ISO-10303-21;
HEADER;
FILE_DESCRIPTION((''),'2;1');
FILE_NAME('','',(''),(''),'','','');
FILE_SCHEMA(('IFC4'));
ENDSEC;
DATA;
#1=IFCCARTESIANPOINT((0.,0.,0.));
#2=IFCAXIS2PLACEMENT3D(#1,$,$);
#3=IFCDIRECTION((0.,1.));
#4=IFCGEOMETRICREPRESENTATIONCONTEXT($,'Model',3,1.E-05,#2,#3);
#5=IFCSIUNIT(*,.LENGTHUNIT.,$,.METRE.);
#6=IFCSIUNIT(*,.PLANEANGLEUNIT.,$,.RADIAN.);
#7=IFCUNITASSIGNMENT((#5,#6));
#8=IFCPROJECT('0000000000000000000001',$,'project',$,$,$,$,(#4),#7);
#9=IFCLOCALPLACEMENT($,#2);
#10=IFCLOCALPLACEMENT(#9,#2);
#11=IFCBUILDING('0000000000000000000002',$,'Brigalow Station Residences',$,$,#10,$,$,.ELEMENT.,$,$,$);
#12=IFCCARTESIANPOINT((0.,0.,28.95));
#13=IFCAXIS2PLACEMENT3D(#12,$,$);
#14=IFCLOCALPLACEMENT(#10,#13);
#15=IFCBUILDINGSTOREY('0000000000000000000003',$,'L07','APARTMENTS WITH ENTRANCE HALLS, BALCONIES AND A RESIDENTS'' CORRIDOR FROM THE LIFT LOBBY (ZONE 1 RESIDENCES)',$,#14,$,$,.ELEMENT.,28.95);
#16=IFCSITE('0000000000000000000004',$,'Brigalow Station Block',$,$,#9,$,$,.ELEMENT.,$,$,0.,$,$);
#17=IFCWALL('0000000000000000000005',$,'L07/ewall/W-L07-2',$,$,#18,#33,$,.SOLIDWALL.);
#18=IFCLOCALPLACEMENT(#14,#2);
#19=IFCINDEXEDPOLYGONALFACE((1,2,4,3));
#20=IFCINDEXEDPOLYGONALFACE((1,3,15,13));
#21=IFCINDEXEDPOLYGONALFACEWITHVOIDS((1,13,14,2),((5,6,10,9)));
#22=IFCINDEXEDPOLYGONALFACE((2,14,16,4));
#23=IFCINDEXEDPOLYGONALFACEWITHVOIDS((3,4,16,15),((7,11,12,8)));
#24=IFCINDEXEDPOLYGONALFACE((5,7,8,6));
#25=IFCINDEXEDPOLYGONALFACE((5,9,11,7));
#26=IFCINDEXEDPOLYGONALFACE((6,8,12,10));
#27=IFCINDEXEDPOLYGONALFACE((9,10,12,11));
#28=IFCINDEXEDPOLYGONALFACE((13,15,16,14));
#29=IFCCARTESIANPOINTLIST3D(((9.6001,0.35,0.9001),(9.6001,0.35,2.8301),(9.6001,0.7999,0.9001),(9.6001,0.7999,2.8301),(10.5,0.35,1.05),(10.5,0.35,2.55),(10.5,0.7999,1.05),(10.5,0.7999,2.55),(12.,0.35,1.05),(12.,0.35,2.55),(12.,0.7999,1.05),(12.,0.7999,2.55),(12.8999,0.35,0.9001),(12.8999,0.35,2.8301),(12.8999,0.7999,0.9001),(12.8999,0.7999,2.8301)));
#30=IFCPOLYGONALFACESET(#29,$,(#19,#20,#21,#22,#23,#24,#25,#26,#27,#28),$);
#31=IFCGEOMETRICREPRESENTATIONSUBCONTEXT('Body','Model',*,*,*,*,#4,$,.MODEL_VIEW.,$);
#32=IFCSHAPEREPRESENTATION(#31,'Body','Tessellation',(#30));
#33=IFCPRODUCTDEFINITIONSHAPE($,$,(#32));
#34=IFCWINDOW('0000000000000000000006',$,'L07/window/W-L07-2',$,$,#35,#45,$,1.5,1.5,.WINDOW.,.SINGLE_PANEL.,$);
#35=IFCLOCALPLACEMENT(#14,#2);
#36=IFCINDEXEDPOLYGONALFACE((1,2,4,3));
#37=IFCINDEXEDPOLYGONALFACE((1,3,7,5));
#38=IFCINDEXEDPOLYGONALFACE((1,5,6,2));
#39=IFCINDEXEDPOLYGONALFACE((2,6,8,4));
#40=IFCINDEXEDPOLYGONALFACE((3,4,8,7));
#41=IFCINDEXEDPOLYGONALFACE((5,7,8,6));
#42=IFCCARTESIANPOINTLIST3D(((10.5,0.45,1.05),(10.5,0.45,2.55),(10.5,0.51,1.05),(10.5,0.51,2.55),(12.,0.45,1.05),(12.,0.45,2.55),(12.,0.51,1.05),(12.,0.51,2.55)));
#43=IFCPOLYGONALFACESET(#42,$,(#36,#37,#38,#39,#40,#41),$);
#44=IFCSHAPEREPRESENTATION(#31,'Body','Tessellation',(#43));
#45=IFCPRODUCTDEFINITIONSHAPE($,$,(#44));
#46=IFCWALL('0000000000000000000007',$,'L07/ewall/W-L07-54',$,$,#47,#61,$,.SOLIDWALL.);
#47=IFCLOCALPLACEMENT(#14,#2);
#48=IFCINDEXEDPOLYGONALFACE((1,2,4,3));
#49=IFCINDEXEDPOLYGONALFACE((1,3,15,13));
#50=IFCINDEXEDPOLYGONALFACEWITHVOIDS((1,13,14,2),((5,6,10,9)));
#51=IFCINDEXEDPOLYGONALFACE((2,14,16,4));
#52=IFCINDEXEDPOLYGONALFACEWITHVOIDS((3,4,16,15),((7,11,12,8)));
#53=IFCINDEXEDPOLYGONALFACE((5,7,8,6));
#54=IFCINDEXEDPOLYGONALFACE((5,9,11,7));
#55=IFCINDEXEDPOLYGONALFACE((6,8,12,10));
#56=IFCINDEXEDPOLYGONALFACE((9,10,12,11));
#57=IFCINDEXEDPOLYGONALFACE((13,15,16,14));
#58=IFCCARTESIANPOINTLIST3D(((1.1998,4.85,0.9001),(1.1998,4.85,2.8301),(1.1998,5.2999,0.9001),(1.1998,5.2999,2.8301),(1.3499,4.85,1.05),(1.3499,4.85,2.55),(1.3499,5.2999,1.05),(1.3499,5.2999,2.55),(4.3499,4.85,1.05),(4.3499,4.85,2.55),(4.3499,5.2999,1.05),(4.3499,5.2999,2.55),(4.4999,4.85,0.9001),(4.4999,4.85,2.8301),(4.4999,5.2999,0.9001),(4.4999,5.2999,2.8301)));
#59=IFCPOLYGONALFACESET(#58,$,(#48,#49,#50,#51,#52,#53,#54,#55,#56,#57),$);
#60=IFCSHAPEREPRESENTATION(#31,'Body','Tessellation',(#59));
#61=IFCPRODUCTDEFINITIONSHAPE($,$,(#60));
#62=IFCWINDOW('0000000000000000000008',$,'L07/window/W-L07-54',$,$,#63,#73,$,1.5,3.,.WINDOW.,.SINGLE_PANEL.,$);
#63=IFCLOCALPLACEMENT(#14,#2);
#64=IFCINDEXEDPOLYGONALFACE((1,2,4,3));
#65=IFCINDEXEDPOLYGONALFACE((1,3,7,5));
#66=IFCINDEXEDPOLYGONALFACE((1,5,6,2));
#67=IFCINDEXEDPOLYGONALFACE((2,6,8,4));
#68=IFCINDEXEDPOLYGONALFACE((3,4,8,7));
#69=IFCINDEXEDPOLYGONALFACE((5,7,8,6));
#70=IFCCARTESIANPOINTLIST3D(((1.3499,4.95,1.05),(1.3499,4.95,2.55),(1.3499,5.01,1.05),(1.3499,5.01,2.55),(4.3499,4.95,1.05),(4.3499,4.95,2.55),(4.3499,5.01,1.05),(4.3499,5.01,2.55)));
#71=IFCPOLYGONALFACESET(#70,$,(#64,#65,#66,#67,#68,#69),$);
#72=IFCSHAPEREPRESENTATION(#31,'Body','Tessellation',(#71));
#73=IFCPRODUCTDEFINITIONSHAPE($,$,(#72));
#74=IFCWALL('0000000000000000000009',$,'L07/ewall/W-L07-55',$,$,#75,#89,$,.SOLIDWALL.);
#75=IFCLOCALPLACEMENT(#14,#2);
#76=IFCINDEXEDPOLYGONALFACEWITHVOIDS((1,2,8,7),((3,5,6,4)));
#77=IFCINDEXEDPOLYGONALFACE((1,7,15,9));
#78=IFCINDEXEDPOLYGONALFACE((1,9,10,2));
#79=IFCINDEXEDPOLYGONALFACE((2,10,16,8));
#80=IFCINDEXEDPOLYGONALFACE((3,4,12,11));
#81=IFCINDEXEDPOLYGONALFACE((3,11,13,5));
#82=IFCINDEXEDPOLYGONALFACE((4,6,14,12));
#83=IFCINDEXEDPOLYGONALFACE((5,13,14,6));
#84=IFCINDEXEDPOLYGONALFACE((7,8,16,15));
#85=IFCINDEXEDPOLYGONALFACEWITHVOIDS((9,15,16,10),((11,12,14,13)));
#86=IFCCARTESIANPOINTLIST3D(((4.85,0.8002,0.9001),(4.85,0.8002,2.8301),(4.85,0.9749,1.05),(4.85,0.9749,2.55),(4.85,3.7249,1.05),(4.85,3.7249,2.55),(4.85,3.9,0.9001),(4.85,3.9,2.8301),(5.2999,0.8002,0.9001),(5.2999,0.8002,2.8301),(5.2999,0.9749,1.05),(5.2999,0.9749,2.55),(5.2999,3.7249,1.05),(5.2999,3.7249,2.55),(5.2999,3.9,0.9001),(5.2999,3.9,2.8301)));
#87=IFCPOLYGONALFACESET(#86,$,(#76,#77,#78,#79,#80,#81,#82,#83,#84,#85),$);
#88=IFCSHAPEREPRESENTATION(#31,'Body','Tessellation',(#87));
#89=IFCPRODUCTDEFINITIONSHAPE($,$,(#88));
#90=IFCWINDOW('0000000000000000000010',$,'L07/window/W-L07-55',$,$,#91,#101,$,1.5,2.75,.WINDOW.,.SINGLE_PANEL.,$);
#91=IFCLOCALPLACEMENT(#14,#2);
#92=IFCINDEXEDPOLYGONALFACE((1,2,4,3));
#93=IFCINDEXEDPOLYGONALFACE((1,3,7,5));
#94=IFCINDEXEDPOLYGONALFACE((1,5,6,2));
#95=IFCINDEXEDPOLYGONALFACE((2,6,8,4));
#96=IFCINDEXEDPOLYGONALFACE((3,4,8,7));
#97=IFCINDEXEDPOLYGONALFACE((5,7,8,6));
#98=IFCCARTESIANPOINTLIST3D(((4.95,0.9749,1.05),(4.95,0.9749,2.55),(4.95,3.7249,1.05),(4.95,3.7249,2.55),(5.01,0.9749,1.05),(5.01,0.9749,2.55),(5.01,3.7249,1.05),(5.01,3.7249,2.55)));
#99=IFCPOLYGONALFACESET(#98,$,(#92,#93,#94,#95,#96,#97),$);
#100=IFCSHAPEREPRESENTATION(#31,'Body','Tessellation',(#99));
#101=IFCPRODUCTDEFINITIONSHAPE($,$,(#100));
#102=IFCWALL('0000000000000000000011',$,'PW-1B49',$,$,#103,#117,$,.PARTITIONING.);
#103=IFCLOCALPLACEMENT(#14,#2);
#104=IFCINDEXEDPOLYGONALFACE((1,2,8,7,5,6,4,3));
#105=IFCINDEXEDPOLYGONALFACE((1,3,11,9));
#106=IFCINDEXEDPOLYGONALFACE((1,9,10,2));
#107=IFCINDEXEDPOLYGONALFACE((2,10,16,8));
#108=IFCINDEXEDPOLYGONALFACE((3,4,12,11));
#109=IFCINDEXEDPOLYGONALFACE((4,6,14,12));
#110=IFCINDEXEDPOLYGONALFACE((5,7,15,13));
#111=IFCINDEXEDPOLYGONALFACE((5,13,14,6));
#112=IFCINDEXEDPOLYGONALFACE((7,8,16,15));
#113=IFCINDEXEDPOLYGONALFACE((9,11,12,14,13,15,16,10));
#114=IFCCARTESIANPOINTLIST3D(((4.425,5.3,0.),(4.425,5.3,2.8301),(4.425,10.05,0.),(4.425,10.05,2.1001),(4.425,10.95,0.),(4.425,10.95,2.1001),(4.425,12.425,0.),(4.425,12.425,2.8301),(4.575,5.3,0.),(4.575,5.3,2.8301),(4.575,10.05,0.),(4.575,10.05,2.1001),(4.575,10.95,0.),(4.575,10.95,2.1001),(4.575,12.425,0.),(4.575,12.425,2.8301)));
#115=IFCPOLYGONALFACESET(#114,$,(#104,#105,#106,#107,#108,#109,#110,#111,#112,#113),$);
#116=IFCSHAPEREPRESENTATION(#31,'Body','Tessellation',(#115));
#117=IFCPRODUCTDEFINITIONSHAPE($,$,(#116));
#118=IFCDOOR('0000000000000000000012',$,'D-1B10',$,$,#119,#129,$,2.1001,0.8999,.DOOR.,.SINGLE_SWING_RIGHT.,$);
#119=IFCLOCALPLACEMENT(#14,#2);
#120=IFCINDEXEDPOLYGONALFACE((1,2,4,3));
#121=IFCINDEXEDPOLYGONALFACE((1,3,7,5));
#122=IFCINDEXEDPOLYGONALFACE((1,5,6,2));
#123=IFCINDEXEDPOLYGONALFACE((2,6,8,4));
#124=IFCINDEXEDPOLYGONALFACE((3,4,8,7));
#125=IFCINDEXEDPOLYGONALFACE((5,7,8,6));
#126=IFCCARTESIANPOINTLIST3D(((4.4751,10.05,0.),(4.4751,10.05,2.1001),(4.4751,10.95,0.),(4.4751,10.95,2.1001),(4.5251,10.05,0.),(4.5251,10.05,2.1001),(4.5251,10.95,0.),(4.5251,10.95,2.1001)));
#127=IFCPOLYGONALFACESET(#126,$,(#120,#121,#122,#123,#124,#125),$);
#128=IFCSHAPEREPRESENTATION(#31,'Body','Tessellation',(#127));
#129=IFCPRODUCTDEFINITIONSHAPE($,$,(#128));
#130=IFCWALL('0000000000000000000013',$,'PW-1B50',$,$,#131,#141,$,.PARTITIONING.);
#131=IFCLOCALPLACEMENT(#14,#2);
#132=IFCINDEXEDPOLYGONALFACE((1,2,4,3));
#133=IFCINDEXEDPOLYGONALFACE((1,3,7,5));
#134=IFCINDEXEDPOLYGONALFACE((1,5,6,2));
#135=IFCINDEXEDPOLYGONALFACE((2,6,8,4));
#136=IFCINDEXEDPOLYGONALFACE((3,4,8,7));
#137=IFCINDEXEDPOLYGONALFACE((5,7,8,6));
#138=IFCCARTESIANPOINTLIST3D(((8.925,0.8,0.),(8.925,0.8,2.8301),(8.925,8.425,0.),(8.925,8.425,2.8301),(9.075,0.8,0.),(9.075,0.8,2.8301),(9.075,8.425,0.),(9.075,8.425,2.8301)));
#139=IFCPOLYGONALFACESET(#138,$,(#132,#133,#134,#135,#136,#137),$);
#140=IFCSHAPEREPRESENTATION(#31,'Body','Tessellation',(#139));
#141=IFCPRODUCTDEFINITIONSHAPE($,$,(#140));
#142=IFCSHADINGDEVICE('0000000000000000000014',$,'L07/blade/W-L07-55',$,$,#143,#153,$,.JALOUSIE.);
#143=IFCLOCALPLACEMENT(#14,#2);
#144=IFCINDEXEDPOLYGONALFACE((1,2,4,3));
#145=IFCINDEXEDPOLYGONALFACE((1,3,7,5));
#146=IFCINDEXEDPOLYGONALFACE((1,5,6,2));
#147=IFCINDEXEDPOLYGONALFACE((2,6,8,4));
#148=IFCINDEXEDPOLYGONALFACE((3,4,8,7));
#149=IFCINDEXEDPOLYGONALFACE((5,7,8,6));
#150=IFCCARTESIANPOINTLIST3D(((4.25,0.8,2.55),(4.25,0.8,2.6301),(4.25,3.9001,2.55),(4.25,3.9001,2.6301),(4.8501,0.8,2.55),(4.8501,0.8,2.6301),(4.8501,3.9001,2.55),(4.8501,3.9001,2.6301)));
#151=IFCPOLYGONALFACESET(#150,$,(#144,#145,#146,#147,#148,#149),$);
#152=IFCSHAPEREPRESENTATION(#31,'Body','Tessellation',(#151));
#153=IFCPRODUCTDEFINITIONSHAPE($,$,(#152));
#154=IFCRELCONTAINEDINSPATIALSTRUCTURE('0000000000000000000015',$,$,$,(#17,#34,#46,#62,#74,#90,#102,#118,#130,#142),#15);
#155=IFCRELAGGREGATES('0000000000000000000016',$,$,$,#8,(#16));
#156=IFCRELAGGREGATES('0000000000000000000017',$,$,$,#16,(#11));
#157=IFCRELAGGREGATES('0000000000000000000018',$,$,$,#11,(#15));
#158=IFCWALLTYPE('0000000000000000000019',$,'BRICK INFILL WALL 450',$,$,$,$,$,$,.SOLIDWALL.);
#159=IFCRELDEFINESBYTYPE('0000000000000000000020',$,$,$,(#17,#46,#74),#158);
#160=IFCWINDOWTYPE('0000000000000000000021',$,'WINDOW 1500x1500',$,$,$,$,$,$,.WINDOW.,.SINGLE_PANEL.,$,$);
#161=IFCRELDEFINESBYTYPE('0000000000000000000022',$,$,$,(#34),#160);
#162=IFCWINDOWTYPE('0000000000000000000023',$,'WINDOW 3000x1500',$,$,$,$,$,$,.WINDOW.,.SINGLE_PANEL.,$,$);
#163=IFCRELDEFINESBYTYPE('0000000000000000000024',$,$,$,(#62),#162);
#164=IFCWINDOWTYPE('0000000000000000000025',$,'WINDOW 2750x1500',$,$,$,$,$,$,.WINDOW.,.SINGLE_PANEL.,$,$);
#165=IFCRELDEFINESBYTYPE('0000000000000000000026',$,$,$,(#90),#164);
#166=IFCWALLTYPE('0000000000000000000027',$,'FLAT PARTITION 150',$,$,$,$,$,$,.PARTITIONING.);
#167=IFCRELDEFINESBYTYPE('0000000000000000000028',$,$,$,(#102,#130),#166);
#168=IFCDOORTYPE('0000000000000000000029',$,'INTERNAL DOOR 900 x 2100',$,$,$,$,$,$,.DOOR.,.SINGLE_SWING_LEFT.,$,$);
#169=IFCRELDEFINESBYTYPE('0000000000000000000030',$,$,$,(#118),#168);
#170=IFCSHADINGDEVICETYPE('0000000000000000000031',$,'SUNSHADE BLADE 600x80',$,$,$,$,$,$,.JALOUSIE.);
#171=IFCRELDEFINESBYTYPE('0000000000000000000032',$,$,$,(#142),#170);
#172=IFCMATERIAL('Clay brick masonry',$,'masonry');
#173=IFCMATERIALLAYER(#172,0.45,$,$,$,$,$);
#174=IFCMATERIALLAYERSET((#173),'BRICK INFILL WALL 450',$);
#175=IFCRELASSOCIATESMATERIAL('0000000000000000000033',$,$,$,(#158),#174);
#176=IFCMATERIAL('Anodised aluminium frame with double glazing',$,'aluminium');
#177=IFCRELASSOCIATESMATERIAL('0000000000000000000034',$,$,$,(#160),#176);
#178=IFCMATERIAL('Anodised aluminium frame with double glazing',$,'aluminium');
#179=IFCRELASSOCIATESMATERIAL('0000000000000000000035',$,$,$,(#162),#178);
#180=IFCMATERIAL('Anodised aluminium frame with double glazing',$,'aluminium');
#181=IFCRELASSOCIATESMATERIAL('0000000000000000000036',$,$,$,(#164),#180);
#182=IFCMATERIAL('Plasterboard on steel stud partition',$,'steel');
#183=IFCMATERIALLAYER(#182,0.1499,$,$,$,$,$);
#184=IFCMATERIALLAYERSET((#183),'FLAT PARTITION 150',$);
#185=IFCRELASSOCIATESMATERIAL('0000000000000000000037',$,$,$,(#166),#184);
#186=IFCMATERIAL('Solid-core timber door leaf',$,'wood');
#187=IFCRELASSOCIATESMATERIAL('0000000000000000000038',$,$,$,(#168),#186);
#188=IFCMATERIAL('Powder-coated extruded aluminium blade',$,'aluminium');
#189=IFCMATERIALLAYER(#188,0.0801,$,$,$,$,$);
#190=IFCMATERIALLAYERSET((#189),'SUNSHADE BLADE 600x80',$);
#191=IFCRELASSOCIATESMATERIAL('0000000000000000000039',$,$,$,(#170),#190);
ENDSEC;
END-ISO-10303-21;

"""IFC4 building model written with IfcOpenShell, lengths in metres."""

from ifc_helpers import new_model, si_unit, direction, frame, frame_2d, origin, origin_2d, place, context, subcontext, project, spatial, rectangle, extrude, material, layer, layer_set, type_object, element, fill, save


model = new_model("IFC4")

# Units and contexts
model_context = context("Model", 3, precision=1e-05, world=origin(), true_north=direction((0.0, 1.0)))
body_context = subcontext(model_context, "Body", "Model", "MODEL_VIEW")
ifc_project = project(units=[si_unit("LENGTHUNIT", "METRE"), si_unit("PLANEANGLEUNIT", "RADIAN")], contexts=[model_context])

# Site, building, storey
site_placement = place(None, origin())
site = spatial("IfcSite", under=ifc_project, at=site_placement, Name="Brigalow Station Block", CompositionType="ELEMENT", RefElevation=0.0)
building_placement = place(site_placement, origin())
building = spatial("IfcBuilding", under=site, at=building_placement, Name="Brigalow Station Residences", CompositionType="ELEMENT")
storey_placement = place(building_placement, frame((0.0, 0.0, 28.95)))
storey = spatial("IfcBuildingStorey", under=building, at=storey_placement, Name="L07", Description="APARTMENTS WITH ENTRANCE HALLS, BALCONIES AND A RESIDENTS' CORRIDOR FROM THE LIFT LOBBY (ZONE 1 RESIDENCES)", CompositionType="ELEMENT", Elevation=28.95)

# Walls, openings, windows
ifc_material_1 = material(Name="Clay brick masonry", Category="masonry")
ifc_layer_1 = layer(ifc_material_1, 0.45)
ifc_layer_set_1 = layer_set([ifc_layer_1], Name="BRICK INFILL WALL 450")
wall_type_1 = type_object("IfcWallType", Name="BRICK INFILL WALL 450", PredefinedType="SOLIDWALL", material=ifc_layer_set_1)
ifc_material_2 = material(Name="Anodised aluminium frame with double glazing", Category="aluminium")
window_type_1 = type_object("IfcWindowType", Name="WINDOW 1500x1500", PartitioningType="SINGLE_PANEL", PredefinedType="WINDOW", material=ifc_material_2)
wall_1_placement = place(storey_placement, frame((9.6001, 0.575, 0.9001), z_axis=(0.0, 0.0, 1.0), x_axis=(1.0, 0.0, 0.0)))
wall_1 = element("IfcWall", 1, at=wall_1_placement, inside=storey, type_object=wall_type_1, Name="L07/ewall/W-L07-2", PredefinedType="SOLIDWALL", context=body_context, shape_type="SweptSolid", body=[
    extrude(rectangle(XDim=3.2998, YDim=0.45, at=frame_2d((1.6499, 0.0))), origin(), (0.0, 0.0, 1.0), 1.9299),
])
opening_1_placement = place(wall_1_placement, frame((0.8999, 0.0, 0.1499)))
opening_1 = element("IfcOpeningElement", 2, at=opening_1_placement, cuts=wall_1, PredefinedType="OPENING", context=body_context, shape_type="SweptSolid", body=[
    extrude(rectangle(XDim=1.5, YDim=1.5, at=frame_2d((0.75, 0.75))), frame((0.0, 0.2349, 0.0), z_axis=(0.0, -1.0, 0.0), x_axis=(1.0, 0.0, 0.0)), (0.0, 0.0, 1.0), 0.47),
])
window_1_placement = place(opening_1_placement, origin())
window_1 = element("IfcWindow", 3, at=window_1_placement, inside=storey, type_object=window_type_1, Name="L07/window/W-L07-2", OverallHeight=1.5, OverallWidth=1.5, PartitioningType="SINGLE_PANEL", PredefinedType="WINDOW", context=body_context, shape_type="SweptSolid", body=[
    extrude(rectangle(XDim=1.5, YDim=1.5, at=frame_2d((0.75, 0.75))), frame((0.0, -0.0649, 0.0), z_axis=(0.0, -1.0, 0.0), x_axis=(1.0, 0.0, 0.0)), (0.0, 0.0, 1.0), 0.0601),
])
fill(opening_1, window_1)
wall_2_placement = place(storey_placement, frame((1.2, 5.075, 0.9001), z_axis=(0.0, 0.0, 1.0), x_axis=(1.0, 0.0, 0.0)))
wall_2 = element("IfcWall", 4, at=wall_2_placement, inside=storey, type_object=wall_type_1, Name="L07/ewall/W-L07-54", PredefinedType="SOLIDWALL", context=body_context, shape_type="SweptSolid", body=[
    extrude(rectangle(XDim=3.3, YDim=0.45, at=frame_2d((1.6499, 0.0))), origin(), (0.0, 0.0, 1.0), 1.9299),
])
opening_2_placement = place(wall_2_placement, frame((0.1499, 0.0, 0.1499)))
opening_2 = element("IfcOpeningElement", 5, at=opening_2_placement, cuts=wall_2, PredefinedType="OPENING", context=body_context, shape_type="SweptSolid", body=[
    extrude(rectangle(XDim=3.0, YDim=1.5, at=frame_2d((1.5, 0.75))), frame((0.0, 0.2349, 0.0), z_axis=(0.0, -1.0, 0.0), x_axis=(1.0, 0.0, 0.0)), (0.0, 0.0, 1.0), 0.47),
])
ifc_material_3 = material(Name="Anodised aluminium frame with double glazing", Category="aluminium")
window_type_2 = type_object("IfcWindowType", Name="WINDOW 3000x1500", PartitioningType="SINGLE_PANEL", PredefinedType="WINDOW", material=ifc_material_3)
window_2_placement = place(opening_2_placement, origin())
window_2 = element("IfcWindow", 6, at=window_2_placement, inside=storey, type_object=window_type_2, Name="L07/window/W-L07-54", OverallHeight=1.5, OverallWidth=3.0, PartitioningType="SINGLE_PANEL", PredefinedType="WINDOW", context=body_context, shape_type="SweptSolid", body=[
    extrude(rectangle(XDim=3.0, YDim=1.5, at=frame_2d((1.5, 0.75))), frame((0.0, -0.0649, 0.0), z_axis=(0.0, -1.0, 0.0), x_axis=(1.0, 0.0, 0.0)), (0.0, 0.0, 1.0), 0.0601),
])
fill(opening_2, window_2)
wall_3_placement = place(storey_placement, frame((5.075, 3.8999, 0.9001), z_axis=(0.0, 0.0, 1.0), x_axis=(0.0, -1.0, 0.0)))
wall_3 = element("IfcWall", 7, at=wall_3_placement, inside=storey, type_object=wall_type_1, Name="L07/ewall/W-L07-55", PredefinedType="SOLIDWALL", context=body_context, shape_type="SweptSolid", body=[
    extrude(rectangle(XDim=3.0999, YDim=0.45, at=frame_2d((1.5498, 0.0))), origin(), (0.0, 0.0, 1.0), 1.9299),
])
opening_3_placement = place(wall_3_placement, frame((0.175, 0.0, 0.1499)))
opening_3 = element("IfcOpeningElement", 8, at=opening_3_placement, cuts=wall_3, PredefinedType="OPENING", context=body_context, shape_type="SweptSolid", body=[
    extrude(rectangle(XDim=2.75, YDim=1.5, at=frame_2d((1.375, 0.75))), frame((0.0, 0.2349, 0.0), z_axis=(0.0, -1.0, 0.0), x_axis=(1.0, 0.0, 0.0)), (0.0, 0.0, 1.0), 0.47),
])
ifc_material_4 = material(Name="Anodised aluminium frame with double glazing", Category="aluminium")
window_type_3 = type_object("IfcWindowType", Name="WINDOW 2750x1500", PartitioningType="SINGLE_PANEL", PredefinedType="WINDOW", material=ifc_material_4)
window_3_placement = place(opening_3_placement, origin())
window_3 = element("IfcWindow", 9, at=window_3_placement, inside=storey, type_object=window_type_3, Name="L07/window/W-L07-55", OverallHeight=1.5, OverallWidth=2.75, PartitioningType="SINGLE_PANEL", PredefinedType="WINDOW", context=body_context, shape_type="SweptSolid", body=[
    extrude(rectangle(XDim=2.75, YDim=1.5, at=frame_2d((1.375, 0.75))), frame((0.0, -0.0649, 0.0), z_axis=(0.0, -1.0, 0.0), x_axis=(1.0, 0.0, 0.0)), (0.0, 0.0, 1.0), 0.0601),
])
fill(opening_3, window_3)

# Wall, opening, door
ifc_material_5 = material(Name="Plasterboard on steel stud partition", Category="steel")
ifc_layer_2 = layer(ifc_material_5, 0.1499)
ifc_layer_set_2 = layer_set([ifc_layer_2], Name="FLAT PARTITION 150")
wall_type_2 = type_object("IfcWallType", Name="FLAT PARTITION 150", PredefinedType="PARTITIONING", material=ifc_layer_set_2)
wall_4_placement = place(storey_placement, frame((4.5, 5.3, 0.0), z_axis=(0.0, 0.0, 1.0), x_axis=(0.0, 1.0, 0.0)))
wall_4 = element("IfcWall", 10, at=wall_4_placement, inside=storey, type_object=wall_type_2, Name="PW-1B49", PredefinedType="PARTITIONING", context=body_context, shape_type="SweptSolid", body=[
    extrude(rectangle(XDim=7.125, YDim=0.1499, at=frame_2d((3.5625, 0.0))), origin(), (0.0, 0.0, 1.0), 2.8301),
])
opening_4_placement = place(wall_4_placement, frame((4.75, 0.0, 0.0)))
opening_4 = element("IfcOpeningElement", 11, at=opening_4_placement, cuts=wall_4, PredefinedType="OPENING", context=body_context, shape_type="SweptSolid", body=[
    extrude(rectangle(XDim=0.8999, YDim=2.1001, at=frame_2d((0.45, 1.05))), frame((0.0, 0.085, 0.0), z_axis=(0.0, -1.0, 0.0), x_axis=(1.0, 0.0, 0.0)), (0.0, 0.0, 1.0), 0.1699),
])
ifc_material_6 = material(Name="Solid-core timber door leaf", Category="wood")
door_type = type_object("IfcDoorType", Name="INTERNAL DOOR 900 x 2100", OperationType="SINGLE_SWING_LEFT", PredefinedType="DOOR", material=ifc_material_6)
door_placement = place(opening_4_placement, origin())
door = element("IfcDoor", 12, at=door_placement, inside=storey, type_object=door_type, Name="D-1B10", OperationType="SINGLE_SWING_RIGHT", OverallHeight=2.1001, OverallWidth=0.8999, PredefinedType="DOOR", context=body_context, shape_type="SweptSolid", body=[
    extrude(rectangle(XDim=0.8999, YDim=2.1001, at=frame_2d((0.45, 1.05))), frame((0.0, 0.0249, 0.0), z_axis=(0.0, -1.0, 0.0), x_axis=(1.0, 0.0, 0.0)), (0.0, 0.0, 1.0), 0.05),
])
fill(opening_4, door)

# Wall
wall_5_placement = place(storey_placement, frame((9.0, 0.8, 0.0), z_axis=(0.0, 0.0, 1.0), x_axis=(0.0, 1.0, 0.0)))
element("IfcWall", 13, at=wall_5_placement, inside=storey, type_object=wall_type_2, Name="PW-1B50", PredefinedType="PARTITIONING", context=body_context, shape_type="SweptSolid", body=[
    extrude(rectangle(XDim=7.625, YDim=0.1499, at=frame_2d((3.8125, 0.0))), origin(), (0.0, 0.0, 1.0), 2.8301),
])

# Shading device
ifc_material_7 = material(Name="Powder-coated extruded aluminium blade", Category="aluminium")
ifc_layer_3 = layer(ifc_material_7, 0.0801)
ifc_layer_set_3 = layer_set([ifc_layer_3], Name="SUNSHADE BLADE 600x80")
shading_device_type = type_object("IfcShadingDeviceType", Name="SUNSHADE BLADE 600x80", PredefinedType="JALOUSIE", material=ifc_layer_set_3)
shading_device_placement = place(storey_placement, frame((4.55, 2.3501, 2.55), z_axis=(0.0, 0.0, 1.0), x_axis=(0.0, -1.0, 0.0)))
element("IfcShadingDevice", 14, at=shading_device_placement, inside=storey, type_object=shading_device_type, Name="L07/blade/W-L07-55", PredefinedType="JALOUSIE", context=body_context, shape_type="SweptSolid", body=[
    extrude(rectangle(XDim=3.1001, YDim=0.6001, at=origin_2d()), origin(), (0.0, 0.0, 1.0), 0.0801),
])

save(model, "model.ifc")
